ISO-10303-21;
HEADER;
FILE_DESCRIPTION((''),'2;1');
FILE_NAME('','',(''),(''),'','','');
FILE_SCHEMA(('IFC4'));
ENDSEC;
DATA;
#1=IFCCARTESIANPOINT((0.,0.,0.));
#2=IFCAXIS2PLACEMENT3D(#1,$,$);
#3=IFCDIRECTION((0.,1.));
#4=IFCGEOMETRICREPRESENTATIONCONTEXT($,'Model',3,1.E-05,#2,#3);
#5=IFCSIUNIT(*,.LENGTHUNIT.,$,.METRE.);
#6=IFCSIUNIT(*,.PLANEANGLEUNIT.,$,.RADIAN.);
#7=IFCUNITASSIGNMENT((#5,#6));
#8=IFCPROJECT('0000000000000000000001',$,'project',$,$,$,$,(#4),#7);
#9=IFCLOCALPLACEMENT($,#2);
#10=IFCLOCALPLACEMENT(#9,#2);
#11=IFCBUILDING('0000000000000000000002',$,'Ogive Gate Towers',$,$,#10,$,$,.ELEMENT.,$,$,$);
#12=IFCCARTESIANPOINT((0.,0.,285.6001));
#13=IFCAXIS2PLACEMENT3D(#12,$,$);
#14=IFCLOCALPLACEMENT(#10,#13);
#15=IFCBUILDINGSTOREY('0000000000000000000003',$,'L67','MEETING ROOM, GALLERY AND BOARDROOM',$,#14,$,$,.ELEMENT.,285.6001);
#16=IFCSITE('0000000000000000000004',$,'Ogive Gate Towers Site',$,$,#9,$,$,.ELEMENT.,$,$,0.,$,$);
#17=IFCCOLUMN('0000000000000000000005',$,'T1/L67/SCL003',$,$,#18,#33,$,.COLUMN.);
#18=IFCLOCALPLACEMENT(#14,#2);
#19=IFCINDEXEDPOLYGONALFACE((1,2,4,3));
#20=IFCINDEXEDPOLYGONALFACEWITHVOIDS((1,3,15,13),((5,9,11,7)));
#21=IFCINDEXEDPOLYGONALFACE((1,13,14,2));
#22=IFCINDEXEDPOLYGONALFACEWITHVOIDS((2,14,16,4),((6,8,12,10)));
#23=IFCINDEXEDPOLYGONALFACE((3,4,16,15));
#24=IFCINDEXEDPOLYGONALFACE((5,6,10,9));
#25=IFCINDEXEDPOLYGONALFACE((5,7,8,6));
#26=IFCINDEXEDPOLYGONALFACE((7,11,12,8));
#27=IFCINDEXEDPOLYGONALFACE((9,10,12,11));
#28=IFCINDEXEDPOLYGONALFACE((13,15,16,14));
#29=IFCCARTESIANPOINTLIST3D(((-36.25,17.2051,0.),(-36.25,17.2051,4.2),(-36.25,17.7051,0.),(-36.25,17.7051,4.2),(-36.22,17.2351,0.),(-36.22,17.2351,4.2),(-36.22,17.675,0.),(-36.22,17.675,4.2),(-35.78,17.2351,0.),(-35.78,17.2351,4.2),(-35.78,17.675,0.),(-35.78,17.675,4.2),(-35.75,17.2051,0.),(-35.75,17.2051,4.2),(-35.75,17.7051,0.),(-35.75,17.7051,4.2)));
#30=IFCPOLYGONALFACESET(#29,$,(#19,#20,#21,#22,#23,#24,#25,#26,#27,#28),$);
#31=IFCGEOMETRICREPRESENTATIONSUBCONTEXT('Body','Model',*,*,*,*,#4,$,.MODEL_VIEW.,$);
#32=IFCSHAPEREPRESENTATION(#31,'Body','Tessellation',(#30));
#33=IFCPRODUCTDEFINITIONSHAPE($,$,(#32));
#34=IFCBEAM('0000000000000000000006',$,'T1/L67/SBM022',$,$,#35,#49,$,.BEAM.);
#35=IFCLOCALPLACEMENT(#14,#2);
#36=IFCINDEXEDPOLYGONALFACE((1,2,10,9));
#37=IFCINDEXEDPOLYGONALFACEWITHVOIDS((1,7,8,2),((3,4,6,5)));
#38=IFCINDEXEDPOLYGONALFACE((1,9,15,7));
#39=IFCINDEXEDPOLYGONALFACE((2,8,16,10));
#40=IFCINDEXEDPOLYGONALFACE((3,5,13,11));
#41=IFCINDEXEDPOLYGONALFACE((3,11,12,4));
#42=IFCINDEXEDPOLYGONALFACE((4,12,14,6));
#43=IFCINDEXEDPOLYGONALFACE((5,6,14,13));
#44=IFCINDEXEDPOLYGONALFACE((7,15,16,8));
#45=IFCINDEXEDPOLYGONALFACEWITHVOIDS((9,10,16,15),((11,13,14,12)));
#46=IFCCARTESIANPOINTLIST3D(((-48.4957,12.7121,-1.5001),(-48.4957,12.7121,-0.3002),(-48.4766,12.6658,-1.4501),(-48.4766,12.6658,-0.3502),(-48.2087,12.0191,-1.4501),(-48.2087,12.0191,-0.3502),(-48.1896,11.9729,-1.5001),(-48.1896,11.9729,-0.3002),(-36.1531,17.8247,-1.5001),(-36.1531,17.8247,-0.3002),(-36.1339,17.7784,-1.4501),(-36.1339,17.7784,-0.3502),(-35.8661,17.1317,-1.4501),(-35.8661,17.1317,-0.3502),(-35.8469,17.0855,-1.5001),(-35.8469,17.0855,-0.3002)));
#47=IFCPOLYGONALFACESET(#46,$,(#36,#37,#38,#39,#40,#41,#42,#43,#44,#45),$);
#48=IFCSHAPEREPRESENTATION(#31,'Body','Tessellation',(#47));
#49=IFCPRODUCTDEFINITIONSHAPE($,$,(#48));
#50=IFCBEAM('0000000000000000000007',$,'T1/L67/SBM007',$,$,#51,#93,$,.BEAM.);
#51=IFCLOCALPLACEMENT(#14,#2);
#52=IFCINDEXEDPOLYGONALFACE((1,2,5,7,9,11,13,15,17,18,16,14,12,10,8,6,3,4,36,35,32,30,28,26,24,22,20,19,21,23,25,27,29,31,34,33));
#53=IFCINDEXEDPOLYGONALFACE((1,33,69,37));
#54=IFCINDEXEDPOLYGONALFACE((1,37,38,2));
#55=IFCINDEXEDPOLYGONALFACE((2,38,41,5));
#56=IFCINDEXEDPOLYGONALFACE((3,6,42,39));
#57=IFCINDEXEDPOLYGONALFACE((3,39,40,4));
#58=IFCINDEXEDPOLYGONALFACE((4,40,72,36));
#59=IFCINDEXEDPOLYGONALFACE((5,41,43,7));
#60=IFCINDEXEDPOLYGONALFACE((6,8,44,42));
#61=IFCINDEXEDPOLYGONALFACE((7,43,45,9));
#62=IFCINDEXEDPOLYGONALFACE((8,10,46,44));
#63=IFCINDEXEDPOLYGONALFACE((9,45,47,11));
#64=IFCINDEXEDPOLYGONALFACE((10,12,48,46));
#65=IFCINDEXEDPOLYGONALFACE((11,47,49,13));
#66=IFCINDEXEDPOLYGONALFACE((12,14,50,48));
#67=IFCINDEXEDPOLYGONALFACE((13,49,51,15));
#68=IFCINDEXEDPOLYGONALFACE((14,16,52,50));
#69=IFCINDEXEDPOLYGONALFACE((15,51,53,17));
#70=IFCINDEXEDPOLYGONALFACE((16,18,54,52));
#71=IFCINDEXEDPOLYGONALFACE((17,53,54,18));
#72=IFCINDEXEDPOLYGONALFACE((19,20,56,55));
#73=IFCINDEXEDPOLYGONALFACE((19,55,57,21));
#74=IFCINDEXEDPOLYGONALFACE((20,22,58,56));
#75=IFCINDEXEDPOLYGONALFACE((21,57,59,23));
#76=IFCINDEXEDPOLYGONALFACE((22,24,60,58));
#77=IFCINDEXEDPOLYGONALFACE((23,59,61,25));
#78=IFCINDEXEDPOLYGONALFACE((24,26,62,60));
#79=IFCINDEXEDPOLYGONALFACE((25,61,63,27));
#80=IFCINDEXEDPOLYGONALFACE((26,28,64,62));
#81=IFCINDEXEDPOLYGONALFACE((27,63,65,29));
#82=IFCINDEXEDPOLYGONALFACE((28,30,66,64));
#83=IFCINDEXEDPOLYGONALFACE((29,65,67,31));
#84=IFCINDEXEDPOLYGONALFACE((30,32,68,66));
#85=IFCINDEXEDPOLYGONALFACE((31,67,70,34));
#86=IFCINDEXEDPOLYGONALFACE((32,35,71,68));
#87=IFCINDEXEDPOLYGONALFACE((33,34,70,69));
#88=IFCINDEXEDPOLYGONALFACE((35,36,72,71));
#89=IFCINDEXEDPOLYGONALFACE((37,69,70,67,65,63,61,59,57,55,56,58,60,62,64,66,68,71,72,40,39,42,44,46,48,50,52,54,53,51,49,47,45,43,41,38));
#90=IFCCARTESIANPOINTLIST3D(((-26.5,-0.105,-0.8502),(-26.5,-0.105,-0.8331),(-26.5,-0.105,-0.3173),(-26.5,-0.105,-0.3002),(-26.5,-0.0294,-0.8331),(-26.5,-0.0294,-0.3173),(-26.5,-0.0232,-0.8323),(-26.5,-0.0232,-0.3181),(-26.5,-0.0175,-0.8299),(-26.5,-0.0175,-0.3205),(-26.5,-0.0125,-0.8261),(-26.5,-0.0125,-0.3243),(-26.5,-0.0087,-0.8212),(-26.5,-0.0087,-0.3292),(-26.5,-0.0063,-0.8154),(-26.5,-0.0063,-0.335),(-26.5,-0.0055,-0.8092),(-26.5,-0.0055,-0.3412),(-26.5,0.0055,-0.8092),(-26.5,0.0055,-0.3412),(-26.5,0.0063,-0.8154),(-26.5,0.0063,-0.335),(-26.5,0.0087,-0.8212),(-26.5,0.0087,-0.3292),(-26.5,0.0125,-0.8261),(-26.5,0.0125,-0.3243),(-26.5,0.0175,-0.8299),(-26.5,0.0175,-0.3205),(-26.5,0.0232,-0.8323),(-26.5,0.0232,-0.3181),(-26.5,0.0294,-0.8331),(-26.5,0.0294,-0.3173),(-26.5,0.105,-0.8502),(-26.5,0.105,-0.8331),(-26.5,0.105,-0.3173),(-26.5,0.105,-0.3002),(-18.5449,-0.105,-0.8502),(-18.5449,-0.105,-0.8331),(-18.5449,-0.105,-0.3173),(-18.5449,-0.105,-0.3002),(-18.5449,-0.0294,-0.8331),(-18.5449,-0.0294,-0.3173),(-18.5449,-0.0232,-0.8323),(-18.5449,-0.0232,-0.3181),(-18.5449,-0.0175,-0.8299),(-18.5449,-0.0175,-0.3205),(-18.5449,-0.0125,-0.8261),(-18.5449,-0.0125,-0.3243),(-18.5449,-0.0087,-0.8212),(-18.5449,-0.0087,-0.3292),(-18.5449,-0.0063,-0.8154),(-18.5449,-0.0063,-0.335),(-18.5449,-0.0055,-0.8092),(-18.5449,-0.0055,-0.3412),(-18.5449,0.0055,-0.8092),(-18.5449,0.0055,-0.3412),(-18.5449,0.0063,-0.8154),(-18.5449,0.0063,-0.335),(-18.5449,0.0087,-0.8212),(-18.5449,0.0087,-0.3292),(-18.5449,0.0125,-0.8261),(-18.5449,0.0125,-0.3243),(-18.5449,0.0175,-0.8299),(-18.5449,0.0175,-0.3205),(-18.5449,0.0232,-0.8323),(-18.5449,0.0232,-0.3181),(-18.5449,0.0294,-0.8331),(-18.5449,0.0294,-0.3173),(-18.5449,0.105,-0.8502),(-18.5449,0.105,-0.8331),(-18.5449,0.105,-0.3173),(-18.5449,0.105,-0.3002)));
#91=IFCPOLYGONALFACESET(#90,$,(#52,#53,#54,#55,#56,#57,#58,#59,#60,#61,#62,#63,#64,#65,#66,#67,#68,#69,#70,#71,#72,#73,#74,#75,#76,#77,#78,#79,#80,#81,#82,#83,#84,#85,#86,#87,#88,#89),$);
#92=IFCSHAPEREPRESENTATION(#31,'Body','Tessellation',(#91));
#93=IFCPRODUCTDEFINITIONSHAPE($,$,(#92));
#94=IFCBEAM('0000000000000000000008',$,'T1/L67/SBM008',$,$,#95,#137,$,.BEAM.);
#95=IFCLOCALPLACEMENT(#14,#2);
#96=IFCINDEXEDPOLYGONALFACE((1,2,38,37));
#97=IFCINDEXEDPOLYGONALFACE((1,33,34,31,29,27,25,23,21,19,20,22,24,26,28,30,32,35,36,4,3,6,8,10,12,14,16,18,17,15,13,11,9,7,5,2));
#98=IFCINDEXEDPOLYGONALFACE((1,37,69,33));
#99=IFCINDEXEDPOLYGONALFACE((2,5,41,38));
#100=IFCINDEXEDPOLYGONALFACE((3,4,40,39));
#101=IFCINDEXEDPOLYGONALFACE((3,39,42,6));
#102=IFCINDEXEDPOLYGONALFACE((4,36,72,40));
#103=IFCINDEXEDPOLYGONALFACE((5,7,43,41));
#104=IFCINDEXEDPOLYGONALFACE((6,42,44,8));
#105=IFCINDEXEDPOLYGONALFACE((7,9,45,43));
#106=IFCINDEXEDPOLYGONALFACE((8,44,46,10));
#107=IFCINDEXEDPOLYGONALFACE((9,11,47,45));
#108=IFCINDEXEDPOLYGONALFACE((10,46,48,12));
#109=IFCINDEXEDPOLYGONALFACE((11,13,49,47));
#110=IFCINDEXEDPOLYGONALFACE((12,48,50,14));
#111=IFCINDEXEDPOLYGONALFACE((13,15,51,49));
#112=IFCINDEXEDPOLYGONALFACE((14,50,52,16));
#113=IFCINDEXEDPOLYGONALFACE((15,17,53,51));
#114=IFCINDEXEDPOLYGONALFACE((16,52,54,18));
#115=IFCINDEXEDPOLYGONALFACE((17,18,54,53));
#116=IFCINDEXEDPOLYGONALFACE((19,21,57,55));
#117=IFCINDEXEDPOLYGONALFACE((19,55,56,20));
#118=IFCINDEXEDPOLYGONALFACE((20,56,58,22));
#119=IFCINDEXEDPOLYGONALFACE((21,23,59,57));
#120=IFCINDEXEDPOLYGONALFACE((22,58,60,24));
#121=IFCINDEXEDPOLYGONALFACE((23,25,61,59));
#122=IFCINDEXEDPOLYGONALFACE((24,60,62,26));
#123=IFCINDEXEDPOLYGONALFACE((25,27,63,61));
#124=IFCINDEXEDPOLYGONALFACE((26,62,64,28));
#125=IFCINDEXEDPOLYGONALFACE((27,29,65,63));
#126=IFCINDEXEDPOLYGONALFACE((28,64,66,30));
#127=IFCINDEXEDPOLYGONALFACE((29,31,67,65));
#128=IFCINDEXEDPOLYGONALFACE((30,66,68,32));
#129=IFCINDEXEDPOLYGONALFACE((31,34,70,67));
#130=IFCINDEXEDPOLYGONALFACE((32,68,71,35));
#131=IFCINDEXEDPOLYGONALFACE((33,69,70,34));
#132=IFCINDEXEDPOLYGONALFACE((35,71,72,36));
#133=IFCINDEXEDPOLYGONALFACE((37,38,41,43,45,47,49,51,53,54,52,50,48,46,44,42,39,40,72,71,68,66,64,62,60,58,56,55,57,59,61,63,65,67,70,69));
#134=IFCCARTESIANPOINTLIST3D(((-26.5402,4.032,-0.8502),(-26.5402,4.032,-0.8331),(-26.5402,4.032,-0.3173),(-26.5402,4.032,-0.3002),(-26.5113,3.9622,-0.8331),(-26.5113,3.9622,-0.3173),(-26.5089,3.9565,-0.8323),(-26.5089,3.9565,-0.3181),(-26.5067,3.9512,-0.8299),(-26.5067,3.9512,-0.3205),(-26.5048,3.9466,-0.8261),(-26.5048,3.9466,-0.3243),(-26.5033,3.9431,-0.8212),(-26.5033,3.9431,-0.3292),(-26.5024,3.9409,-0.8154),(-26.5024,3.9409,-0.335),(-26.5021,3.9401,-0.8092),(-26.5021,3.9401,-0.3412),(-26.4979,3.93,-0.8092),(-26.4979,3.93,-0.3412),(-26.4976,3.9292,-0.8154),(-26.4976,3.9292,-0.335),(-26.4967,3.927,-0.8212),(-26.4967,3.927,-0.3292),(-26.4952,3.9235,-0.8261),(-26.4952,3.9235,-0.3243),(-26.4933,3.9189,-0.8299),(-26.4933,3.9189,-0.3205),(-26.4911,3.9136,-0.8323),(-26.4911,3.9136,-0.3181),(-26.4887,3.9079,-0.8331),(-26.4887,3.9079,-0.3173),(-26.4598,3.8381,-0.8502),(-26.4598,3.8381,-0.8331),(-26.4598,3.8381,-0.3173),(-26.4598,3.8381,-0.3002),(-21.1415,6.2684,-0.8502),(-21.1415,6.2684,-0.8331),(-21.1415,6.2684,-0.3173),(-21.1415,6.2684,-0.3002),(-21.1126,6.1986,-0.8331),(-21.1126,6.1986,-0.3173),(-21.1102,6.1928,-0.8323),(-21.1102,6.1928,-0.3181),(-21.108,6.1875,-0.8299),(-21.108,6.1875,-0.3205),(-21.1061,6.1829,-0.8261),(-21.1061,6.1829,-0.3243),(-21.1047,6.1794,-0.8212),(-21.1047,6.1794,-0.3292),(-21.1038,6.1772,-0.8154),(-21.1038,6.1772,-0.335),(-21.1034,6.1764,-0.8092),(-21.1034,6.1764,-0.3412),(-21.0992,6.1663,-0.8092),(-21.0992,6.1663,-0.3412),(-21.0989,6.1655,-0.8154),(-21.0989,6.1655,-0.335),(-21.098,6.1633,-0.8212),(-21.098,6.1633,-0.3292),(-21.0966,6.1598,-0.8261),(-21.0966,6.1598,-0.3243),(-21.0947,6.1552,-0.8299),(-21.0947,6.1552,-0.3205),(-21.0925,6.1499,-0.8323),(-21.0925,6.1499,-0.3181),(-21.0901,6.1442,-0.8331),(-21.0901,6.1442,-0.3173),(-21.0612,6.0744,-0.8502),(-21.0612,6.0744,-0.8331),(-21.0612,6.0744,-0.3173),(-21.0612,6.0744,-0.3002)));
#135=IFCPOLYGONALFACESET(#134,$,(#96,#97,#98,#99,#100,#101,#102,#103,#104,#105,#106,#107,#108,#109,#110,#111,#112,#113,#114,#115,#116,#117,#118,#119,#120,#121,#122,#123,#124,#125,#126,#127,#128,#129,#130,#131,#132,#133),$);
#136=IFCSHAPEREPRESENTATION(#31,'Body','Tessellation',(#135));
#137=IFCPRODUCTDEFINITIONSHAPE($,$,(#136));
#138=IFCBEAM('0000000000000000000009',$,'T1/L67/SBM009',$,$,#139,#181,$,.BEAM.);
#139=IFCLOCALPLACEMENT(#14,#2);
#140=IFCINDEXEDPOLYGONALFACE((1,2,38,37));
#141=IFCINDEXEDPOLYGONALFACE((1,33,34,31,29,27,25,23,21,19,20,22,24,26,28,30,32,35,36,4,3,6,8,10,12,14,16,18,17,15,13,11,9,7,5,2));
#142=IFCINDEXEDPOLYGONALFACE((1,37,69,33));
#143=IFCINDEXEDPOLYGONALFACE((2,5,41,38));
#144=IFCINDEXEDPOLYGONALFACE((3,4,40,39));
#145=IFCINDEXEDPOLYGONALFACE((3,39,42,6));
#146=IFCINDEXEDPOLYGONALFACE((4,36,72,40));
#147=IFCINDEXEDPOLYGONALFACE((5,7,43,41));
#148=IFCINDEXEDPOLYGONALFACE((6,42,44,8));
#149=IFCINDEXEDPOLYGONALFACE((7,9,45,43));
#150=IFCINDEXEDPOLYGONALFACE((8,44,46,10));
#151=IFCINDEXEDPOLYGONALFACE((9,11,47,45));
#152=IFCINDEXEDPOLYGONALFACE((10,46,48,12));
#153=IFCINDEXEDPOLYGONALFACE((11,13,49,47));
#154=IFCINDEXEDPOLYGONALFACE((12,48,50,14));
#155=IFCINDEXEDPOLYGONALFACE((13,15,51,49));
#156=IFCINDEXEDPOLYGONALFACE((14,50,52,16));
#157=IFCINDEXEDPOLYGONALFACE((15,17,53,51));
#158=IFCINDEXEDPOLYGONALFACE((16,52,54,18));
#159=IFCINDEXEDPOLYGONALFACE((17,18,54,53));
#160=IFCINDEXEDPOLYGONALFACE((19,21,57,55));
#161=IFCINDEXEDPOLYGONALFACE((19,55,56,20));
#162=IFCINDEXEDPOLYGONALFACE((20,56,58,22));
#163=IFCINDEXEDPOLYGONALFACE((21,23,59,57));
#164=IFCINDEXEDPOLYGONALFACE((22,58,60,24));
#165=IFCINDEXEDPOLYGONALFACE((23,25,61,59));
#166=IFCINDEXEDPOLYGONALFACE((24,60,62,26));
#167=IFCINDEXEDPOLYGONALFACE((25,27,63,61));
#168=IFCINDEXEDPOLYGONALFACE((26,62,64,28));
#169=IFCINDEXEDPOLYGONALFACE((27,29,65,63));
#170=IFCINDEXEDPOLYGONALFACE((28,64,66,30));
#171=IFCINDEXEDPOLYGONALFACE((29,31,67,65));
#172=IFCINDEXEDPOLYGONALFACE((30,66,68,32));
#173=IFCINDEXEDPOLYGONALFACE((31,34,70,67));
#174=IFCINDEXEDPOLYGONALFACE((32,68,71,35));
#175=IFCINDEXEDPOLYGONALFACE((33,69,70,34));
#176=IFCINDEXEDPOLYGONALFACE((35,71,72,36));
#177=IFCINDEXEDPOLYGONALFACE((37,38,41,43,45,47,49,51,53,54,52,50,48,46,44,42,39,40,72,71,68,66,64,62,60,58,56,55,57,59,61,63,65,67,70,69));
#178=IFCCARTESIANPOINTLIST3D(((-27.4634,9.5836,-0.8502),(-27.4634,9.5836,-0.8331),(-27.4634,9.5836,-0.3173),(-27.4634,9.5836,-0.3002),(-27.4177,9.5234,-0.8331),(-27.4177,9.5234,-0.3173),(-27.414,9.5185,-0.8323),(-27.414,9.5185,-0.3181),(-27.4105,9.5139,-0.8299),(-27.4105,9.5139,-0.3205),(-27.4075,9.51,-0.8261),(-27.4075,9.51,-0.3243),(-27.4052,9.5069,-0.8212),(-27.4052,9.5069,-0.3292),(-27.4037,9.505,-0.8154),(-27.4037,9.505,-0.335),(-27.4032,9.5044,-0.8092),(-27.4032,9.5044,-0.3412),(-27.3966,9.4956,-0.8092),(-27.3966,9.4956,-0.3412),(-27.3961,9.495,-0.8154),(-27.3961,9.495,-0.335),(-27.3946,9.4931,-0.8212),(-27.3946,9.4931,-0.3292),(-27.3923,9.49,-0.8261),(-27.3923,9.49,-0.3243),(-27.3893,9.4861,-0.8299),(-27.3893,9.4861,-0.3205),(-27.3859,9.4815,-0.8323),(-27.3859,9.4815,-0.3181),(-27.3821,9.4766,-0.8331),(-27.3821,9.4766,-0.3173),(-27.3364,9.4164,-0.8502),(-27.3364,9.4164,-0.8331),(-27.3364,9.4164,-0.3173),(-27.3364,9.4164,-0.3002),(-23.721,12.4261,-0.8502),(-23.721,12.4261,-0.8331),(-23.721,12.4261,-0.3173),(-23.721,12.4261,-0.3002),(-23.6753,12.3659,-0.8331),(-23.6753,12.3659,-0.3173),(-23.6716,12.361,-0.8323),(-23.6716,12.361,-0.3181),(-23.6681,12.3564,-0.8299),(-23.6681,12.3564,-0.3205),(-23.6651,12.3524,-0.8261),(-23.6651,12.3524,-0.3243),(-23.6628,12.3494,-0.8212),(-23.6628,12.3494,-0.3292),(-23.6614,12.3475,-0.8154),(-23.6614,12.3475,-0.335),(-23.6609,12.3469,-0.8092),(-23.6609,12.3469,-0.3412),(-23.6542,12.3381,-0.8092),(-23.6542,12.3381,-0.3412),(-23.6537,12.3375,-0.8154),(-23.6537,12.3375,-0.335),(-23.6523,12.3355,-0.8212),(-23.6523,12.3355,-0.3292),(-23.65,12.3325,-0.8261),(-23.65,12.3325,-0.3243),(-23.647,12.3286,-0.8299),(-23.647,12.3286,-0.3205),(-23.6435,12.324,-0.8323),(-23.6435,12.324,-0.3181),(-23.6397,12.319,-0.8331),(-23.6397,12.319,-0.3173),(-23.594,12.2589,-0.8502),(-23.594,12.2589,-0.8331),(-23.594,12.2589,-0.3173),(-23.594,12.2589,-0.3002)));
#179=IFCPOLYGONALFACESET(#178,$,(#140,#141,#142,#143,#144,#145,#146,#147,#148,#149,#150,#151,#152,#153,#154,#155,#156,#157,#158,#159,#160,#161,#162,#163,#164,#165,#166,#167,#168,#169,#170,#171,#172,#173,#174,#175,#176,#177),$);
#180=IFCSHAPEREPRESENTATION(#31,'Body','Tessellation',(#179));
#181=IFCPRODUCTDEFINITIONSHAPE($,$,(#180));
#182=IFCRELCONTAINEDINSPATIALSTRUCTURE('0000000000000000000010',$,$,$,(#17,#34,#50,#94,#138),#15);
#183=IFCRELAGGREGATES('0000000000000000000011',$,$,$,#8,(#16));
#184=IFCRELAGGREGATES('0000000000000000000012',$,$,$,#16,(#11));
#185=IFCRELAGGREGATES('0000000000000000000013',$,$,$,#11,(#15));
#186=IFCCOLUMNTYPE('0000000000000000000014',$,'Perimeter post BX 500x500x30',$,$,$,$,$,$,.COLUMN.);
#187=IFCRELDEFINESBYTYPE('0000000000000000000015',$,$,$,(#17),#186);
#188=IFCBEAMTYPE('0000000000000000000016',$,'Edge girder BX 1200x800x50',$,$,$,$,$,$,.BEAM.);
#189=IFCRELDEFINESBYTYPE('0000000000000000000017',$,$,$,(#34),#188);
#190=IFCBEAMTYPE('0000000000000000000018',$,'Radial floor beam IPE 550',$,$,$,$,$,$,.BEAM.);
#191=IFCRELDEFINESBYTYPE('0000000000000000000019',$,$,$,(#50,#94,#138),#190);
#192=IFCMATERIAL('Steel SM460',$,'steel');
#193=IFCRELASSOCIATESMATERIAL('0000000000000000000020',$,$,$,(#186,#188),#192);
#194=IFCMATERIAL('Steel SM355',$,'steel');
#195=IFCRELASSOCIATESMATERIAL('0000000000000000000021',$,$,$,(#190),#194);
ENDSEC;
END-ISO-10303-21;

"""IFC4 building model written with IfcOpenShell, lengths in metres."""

from ifc_helpers import new_model, si_unit, direction, frame, origin, origin_2d, place, context, subcontext, project, spatial, hollow_rectangle, i_section, extrude, material, material_profile, profile_set, type_object, element, save


model = new_model("IFC4")

# Units and contexts
model_context = context("Model", 3, precision=1e-05, world=origin(), true_north=direction((0.0, 1.0)))
body_context = subcontext(model_context, "Body", "Model", "MODEL_VIEW")
ifc_project = project(units=[si_unit("LENGTHUNIT", "METRE"), si_unit("PLANEANGLEUNIT", "RADIAN")], contexts=[model_context])

# Site, building, storey
site_placement = place(None, origin())
site = spatial("IfcSite", under=ifc_project, at=site_placement, Name="Ogive Gate Towers Site", CompositionType="ELEMENT", RefElevation=0.0)
building_placement = place(site_placement, origin())
building = spatial("IfcBuilding", under=site, at=building_placement, Name="Ogive Gate Towers", CompositionType="ELEMENT")
storey_placement = place(building_placement, frame((0.0, 0.0, 285.6001)))
storey = spatial("IfcBuildingStorey", under=building, at=storey_placement, Name="L67", Description="MEETING ROOM, GALLERY AND BOARDROOM", CompositionType="ELEMENT", Elevation=285.6001)

# Column
ifc_material_1 = material(Name="Steel SM460", Category="steel")
ifc_material_profile_1 = material_profile(ifc_material_1, hollow_rectangle(XDim=0.5, YDim=0.5, WallThickness=0.03, at=origin_2d()), Name="BX 500x500x30")
ifc_profile_set_1 = profile_set([ifc_material_profile_1], Name="Steel SM460")
column_type = type_object("IfcColumnType", Name="Perimeter post BX 500x500x30", PredefinedType="COLUMN", material=ifc_profile_set_1)
column_placement = place(storey_placement, frame((-36.0, 17.4551, 0.0), z_axis=(0.0, 0.0, 1.0), x_axis=(1.0, 0.0, 0.0)))
element("IfcColumn", 1, at=column_placement, inside=storey, type_object=column_type, Name="T1/L67/SCL003", PredefinedType="COLUMN", context=body_context, shape_type="SweptSolid", body=[
    extrude(hollow_rectangle(XDim=0.5, YDim=0.5, WallThickness=0.03, at=origin_2d()), origin(), (0.0, 0.0, 1.0), 4.2),
])

# Beams
ifc_material_profile_2 = material_profile(ifc_material_1, hollow_rectangle(XDim=0.8, YDim=1.2, WallThickness=0.05, at=origin_2d()), Name="BX 1200x800x50")
ifc_profile_set_2 = profile_set([ifc_material_profile_2], Name="Steel SM460")
beam_type_1 = type_object("IfcBeamType", Name="Edge girder BX 1200x800x50", PredefinedType="BEAM", material=ifc_profile_set_2)
beam_1_placement = place(storey_placement, frame((-36.0, 17.4551, -0.9001), z_axis=(-0.923877, -0.38269, 0.0), x_axis=(0.38269, -0.923877, 0.0)))
element("IfcBeam", 2, at=beam_1_placement, inside=storey, type_object=beam_type_1, Name="T1/L67/SBM022", PredefinedType="BEAM", context=body_context, shape_type="SweptSolid", body=[
    extrude(hollow_rectangle(XDim=0.8, YDim=1.2, WallThickness=0.05, at=origin_2d()), origin(), (0.0, 0.0, 1.0), 13.3596),
])
ifc_material_2 = material(Name="Steel SM355", Category="steel")
ifc_material_profile_3 = material_profile(ifc_material_2, i_section(OverallWidth=0.21, OverallDepth=0.55, WebThickness=0.011, FlangeThickness=0.0171, FilletRadius=0.0239, at=origin_2d()), Name="IPE 550")
ifc_profile_set_3 = profile_set([ifc_material_profile_3], Name="Steel SM355")
beam_type_2 = type_object("IfcBeamType", Name="Radial floor beam IPE 550", PredefinedType="BEAM", material=ifc_profile_set_3)
beam_2_placement = place(storey_placement, frame((-26.5, 0.0, -0.5752), z_axis=(1.0, 0.0, 0.0), x_axis=(0.0, 1.0, 0.0)))
element("IfcBeam", 3, at=beam_2_placement, inside=storey, type_object=beam_type_2, Name="T1/L67/SBM007", PredefinedType="BEAM", context=body_context, shape_type="SweptSolid", body=[
    extrude(i_section(OverallWidth=0.21, OverallDepth=0.55, WebThickness=0.011, FlangeThickness=0.0171, FilletRadius=0.0239, at=origin_2d()), origin(), (0.0, 0.0, 1.0), 7.9551),
])
beam_3_placement = place(storey_placement, frame((-26.5, 3.9351, -0.5752), z_axis=(0.923872, 0.382701, 0.0), x_axis=(-0.382701, 0.923872, 0.0)))
element("IfcBeam", 4, at=beam_3_placement, inside=storey, type_object=beam_type_2, Name="T1/L67/SBM008", PredefinedType="BEAM", context=body_context, shape_type="SweptSolid", body=[
    extrude(i_section(OverallWidth=0.21, OverallDepth=0.55, WebThickness=0.011, FlangeThickness=0.0171, FilletRadius=0.0239, at=origin_2d()), origin(), (0.0, 0.0, 1.0), 5.8435),
])
beam_4_placement = place(storey_placement, frame((-27.3999, 9.5, -0.5752), z_axis=(0.796338, 0.604851, 0.0), x_axis=(-0.604851, 0.796338, 0.0)))
element("IfcBeam", 5, at=beam_4_placement, inside=storey, type_object=beam_type_2, Name="T1/L67/SBM009", PredefinedType="BEAM", context=body_context, shape_type="SweptSolid", body=[
    extrude(i_section(OverallWidth=0.21, OverallDepth=0.55, WebThickness=0.011, FlangeThickness=0.0171, FilletRadius=0.0239, at=origin_2d()), origin(), (0.0, 0.0, 1.0), 4.6995),
])

save(model, "model.ifc")
